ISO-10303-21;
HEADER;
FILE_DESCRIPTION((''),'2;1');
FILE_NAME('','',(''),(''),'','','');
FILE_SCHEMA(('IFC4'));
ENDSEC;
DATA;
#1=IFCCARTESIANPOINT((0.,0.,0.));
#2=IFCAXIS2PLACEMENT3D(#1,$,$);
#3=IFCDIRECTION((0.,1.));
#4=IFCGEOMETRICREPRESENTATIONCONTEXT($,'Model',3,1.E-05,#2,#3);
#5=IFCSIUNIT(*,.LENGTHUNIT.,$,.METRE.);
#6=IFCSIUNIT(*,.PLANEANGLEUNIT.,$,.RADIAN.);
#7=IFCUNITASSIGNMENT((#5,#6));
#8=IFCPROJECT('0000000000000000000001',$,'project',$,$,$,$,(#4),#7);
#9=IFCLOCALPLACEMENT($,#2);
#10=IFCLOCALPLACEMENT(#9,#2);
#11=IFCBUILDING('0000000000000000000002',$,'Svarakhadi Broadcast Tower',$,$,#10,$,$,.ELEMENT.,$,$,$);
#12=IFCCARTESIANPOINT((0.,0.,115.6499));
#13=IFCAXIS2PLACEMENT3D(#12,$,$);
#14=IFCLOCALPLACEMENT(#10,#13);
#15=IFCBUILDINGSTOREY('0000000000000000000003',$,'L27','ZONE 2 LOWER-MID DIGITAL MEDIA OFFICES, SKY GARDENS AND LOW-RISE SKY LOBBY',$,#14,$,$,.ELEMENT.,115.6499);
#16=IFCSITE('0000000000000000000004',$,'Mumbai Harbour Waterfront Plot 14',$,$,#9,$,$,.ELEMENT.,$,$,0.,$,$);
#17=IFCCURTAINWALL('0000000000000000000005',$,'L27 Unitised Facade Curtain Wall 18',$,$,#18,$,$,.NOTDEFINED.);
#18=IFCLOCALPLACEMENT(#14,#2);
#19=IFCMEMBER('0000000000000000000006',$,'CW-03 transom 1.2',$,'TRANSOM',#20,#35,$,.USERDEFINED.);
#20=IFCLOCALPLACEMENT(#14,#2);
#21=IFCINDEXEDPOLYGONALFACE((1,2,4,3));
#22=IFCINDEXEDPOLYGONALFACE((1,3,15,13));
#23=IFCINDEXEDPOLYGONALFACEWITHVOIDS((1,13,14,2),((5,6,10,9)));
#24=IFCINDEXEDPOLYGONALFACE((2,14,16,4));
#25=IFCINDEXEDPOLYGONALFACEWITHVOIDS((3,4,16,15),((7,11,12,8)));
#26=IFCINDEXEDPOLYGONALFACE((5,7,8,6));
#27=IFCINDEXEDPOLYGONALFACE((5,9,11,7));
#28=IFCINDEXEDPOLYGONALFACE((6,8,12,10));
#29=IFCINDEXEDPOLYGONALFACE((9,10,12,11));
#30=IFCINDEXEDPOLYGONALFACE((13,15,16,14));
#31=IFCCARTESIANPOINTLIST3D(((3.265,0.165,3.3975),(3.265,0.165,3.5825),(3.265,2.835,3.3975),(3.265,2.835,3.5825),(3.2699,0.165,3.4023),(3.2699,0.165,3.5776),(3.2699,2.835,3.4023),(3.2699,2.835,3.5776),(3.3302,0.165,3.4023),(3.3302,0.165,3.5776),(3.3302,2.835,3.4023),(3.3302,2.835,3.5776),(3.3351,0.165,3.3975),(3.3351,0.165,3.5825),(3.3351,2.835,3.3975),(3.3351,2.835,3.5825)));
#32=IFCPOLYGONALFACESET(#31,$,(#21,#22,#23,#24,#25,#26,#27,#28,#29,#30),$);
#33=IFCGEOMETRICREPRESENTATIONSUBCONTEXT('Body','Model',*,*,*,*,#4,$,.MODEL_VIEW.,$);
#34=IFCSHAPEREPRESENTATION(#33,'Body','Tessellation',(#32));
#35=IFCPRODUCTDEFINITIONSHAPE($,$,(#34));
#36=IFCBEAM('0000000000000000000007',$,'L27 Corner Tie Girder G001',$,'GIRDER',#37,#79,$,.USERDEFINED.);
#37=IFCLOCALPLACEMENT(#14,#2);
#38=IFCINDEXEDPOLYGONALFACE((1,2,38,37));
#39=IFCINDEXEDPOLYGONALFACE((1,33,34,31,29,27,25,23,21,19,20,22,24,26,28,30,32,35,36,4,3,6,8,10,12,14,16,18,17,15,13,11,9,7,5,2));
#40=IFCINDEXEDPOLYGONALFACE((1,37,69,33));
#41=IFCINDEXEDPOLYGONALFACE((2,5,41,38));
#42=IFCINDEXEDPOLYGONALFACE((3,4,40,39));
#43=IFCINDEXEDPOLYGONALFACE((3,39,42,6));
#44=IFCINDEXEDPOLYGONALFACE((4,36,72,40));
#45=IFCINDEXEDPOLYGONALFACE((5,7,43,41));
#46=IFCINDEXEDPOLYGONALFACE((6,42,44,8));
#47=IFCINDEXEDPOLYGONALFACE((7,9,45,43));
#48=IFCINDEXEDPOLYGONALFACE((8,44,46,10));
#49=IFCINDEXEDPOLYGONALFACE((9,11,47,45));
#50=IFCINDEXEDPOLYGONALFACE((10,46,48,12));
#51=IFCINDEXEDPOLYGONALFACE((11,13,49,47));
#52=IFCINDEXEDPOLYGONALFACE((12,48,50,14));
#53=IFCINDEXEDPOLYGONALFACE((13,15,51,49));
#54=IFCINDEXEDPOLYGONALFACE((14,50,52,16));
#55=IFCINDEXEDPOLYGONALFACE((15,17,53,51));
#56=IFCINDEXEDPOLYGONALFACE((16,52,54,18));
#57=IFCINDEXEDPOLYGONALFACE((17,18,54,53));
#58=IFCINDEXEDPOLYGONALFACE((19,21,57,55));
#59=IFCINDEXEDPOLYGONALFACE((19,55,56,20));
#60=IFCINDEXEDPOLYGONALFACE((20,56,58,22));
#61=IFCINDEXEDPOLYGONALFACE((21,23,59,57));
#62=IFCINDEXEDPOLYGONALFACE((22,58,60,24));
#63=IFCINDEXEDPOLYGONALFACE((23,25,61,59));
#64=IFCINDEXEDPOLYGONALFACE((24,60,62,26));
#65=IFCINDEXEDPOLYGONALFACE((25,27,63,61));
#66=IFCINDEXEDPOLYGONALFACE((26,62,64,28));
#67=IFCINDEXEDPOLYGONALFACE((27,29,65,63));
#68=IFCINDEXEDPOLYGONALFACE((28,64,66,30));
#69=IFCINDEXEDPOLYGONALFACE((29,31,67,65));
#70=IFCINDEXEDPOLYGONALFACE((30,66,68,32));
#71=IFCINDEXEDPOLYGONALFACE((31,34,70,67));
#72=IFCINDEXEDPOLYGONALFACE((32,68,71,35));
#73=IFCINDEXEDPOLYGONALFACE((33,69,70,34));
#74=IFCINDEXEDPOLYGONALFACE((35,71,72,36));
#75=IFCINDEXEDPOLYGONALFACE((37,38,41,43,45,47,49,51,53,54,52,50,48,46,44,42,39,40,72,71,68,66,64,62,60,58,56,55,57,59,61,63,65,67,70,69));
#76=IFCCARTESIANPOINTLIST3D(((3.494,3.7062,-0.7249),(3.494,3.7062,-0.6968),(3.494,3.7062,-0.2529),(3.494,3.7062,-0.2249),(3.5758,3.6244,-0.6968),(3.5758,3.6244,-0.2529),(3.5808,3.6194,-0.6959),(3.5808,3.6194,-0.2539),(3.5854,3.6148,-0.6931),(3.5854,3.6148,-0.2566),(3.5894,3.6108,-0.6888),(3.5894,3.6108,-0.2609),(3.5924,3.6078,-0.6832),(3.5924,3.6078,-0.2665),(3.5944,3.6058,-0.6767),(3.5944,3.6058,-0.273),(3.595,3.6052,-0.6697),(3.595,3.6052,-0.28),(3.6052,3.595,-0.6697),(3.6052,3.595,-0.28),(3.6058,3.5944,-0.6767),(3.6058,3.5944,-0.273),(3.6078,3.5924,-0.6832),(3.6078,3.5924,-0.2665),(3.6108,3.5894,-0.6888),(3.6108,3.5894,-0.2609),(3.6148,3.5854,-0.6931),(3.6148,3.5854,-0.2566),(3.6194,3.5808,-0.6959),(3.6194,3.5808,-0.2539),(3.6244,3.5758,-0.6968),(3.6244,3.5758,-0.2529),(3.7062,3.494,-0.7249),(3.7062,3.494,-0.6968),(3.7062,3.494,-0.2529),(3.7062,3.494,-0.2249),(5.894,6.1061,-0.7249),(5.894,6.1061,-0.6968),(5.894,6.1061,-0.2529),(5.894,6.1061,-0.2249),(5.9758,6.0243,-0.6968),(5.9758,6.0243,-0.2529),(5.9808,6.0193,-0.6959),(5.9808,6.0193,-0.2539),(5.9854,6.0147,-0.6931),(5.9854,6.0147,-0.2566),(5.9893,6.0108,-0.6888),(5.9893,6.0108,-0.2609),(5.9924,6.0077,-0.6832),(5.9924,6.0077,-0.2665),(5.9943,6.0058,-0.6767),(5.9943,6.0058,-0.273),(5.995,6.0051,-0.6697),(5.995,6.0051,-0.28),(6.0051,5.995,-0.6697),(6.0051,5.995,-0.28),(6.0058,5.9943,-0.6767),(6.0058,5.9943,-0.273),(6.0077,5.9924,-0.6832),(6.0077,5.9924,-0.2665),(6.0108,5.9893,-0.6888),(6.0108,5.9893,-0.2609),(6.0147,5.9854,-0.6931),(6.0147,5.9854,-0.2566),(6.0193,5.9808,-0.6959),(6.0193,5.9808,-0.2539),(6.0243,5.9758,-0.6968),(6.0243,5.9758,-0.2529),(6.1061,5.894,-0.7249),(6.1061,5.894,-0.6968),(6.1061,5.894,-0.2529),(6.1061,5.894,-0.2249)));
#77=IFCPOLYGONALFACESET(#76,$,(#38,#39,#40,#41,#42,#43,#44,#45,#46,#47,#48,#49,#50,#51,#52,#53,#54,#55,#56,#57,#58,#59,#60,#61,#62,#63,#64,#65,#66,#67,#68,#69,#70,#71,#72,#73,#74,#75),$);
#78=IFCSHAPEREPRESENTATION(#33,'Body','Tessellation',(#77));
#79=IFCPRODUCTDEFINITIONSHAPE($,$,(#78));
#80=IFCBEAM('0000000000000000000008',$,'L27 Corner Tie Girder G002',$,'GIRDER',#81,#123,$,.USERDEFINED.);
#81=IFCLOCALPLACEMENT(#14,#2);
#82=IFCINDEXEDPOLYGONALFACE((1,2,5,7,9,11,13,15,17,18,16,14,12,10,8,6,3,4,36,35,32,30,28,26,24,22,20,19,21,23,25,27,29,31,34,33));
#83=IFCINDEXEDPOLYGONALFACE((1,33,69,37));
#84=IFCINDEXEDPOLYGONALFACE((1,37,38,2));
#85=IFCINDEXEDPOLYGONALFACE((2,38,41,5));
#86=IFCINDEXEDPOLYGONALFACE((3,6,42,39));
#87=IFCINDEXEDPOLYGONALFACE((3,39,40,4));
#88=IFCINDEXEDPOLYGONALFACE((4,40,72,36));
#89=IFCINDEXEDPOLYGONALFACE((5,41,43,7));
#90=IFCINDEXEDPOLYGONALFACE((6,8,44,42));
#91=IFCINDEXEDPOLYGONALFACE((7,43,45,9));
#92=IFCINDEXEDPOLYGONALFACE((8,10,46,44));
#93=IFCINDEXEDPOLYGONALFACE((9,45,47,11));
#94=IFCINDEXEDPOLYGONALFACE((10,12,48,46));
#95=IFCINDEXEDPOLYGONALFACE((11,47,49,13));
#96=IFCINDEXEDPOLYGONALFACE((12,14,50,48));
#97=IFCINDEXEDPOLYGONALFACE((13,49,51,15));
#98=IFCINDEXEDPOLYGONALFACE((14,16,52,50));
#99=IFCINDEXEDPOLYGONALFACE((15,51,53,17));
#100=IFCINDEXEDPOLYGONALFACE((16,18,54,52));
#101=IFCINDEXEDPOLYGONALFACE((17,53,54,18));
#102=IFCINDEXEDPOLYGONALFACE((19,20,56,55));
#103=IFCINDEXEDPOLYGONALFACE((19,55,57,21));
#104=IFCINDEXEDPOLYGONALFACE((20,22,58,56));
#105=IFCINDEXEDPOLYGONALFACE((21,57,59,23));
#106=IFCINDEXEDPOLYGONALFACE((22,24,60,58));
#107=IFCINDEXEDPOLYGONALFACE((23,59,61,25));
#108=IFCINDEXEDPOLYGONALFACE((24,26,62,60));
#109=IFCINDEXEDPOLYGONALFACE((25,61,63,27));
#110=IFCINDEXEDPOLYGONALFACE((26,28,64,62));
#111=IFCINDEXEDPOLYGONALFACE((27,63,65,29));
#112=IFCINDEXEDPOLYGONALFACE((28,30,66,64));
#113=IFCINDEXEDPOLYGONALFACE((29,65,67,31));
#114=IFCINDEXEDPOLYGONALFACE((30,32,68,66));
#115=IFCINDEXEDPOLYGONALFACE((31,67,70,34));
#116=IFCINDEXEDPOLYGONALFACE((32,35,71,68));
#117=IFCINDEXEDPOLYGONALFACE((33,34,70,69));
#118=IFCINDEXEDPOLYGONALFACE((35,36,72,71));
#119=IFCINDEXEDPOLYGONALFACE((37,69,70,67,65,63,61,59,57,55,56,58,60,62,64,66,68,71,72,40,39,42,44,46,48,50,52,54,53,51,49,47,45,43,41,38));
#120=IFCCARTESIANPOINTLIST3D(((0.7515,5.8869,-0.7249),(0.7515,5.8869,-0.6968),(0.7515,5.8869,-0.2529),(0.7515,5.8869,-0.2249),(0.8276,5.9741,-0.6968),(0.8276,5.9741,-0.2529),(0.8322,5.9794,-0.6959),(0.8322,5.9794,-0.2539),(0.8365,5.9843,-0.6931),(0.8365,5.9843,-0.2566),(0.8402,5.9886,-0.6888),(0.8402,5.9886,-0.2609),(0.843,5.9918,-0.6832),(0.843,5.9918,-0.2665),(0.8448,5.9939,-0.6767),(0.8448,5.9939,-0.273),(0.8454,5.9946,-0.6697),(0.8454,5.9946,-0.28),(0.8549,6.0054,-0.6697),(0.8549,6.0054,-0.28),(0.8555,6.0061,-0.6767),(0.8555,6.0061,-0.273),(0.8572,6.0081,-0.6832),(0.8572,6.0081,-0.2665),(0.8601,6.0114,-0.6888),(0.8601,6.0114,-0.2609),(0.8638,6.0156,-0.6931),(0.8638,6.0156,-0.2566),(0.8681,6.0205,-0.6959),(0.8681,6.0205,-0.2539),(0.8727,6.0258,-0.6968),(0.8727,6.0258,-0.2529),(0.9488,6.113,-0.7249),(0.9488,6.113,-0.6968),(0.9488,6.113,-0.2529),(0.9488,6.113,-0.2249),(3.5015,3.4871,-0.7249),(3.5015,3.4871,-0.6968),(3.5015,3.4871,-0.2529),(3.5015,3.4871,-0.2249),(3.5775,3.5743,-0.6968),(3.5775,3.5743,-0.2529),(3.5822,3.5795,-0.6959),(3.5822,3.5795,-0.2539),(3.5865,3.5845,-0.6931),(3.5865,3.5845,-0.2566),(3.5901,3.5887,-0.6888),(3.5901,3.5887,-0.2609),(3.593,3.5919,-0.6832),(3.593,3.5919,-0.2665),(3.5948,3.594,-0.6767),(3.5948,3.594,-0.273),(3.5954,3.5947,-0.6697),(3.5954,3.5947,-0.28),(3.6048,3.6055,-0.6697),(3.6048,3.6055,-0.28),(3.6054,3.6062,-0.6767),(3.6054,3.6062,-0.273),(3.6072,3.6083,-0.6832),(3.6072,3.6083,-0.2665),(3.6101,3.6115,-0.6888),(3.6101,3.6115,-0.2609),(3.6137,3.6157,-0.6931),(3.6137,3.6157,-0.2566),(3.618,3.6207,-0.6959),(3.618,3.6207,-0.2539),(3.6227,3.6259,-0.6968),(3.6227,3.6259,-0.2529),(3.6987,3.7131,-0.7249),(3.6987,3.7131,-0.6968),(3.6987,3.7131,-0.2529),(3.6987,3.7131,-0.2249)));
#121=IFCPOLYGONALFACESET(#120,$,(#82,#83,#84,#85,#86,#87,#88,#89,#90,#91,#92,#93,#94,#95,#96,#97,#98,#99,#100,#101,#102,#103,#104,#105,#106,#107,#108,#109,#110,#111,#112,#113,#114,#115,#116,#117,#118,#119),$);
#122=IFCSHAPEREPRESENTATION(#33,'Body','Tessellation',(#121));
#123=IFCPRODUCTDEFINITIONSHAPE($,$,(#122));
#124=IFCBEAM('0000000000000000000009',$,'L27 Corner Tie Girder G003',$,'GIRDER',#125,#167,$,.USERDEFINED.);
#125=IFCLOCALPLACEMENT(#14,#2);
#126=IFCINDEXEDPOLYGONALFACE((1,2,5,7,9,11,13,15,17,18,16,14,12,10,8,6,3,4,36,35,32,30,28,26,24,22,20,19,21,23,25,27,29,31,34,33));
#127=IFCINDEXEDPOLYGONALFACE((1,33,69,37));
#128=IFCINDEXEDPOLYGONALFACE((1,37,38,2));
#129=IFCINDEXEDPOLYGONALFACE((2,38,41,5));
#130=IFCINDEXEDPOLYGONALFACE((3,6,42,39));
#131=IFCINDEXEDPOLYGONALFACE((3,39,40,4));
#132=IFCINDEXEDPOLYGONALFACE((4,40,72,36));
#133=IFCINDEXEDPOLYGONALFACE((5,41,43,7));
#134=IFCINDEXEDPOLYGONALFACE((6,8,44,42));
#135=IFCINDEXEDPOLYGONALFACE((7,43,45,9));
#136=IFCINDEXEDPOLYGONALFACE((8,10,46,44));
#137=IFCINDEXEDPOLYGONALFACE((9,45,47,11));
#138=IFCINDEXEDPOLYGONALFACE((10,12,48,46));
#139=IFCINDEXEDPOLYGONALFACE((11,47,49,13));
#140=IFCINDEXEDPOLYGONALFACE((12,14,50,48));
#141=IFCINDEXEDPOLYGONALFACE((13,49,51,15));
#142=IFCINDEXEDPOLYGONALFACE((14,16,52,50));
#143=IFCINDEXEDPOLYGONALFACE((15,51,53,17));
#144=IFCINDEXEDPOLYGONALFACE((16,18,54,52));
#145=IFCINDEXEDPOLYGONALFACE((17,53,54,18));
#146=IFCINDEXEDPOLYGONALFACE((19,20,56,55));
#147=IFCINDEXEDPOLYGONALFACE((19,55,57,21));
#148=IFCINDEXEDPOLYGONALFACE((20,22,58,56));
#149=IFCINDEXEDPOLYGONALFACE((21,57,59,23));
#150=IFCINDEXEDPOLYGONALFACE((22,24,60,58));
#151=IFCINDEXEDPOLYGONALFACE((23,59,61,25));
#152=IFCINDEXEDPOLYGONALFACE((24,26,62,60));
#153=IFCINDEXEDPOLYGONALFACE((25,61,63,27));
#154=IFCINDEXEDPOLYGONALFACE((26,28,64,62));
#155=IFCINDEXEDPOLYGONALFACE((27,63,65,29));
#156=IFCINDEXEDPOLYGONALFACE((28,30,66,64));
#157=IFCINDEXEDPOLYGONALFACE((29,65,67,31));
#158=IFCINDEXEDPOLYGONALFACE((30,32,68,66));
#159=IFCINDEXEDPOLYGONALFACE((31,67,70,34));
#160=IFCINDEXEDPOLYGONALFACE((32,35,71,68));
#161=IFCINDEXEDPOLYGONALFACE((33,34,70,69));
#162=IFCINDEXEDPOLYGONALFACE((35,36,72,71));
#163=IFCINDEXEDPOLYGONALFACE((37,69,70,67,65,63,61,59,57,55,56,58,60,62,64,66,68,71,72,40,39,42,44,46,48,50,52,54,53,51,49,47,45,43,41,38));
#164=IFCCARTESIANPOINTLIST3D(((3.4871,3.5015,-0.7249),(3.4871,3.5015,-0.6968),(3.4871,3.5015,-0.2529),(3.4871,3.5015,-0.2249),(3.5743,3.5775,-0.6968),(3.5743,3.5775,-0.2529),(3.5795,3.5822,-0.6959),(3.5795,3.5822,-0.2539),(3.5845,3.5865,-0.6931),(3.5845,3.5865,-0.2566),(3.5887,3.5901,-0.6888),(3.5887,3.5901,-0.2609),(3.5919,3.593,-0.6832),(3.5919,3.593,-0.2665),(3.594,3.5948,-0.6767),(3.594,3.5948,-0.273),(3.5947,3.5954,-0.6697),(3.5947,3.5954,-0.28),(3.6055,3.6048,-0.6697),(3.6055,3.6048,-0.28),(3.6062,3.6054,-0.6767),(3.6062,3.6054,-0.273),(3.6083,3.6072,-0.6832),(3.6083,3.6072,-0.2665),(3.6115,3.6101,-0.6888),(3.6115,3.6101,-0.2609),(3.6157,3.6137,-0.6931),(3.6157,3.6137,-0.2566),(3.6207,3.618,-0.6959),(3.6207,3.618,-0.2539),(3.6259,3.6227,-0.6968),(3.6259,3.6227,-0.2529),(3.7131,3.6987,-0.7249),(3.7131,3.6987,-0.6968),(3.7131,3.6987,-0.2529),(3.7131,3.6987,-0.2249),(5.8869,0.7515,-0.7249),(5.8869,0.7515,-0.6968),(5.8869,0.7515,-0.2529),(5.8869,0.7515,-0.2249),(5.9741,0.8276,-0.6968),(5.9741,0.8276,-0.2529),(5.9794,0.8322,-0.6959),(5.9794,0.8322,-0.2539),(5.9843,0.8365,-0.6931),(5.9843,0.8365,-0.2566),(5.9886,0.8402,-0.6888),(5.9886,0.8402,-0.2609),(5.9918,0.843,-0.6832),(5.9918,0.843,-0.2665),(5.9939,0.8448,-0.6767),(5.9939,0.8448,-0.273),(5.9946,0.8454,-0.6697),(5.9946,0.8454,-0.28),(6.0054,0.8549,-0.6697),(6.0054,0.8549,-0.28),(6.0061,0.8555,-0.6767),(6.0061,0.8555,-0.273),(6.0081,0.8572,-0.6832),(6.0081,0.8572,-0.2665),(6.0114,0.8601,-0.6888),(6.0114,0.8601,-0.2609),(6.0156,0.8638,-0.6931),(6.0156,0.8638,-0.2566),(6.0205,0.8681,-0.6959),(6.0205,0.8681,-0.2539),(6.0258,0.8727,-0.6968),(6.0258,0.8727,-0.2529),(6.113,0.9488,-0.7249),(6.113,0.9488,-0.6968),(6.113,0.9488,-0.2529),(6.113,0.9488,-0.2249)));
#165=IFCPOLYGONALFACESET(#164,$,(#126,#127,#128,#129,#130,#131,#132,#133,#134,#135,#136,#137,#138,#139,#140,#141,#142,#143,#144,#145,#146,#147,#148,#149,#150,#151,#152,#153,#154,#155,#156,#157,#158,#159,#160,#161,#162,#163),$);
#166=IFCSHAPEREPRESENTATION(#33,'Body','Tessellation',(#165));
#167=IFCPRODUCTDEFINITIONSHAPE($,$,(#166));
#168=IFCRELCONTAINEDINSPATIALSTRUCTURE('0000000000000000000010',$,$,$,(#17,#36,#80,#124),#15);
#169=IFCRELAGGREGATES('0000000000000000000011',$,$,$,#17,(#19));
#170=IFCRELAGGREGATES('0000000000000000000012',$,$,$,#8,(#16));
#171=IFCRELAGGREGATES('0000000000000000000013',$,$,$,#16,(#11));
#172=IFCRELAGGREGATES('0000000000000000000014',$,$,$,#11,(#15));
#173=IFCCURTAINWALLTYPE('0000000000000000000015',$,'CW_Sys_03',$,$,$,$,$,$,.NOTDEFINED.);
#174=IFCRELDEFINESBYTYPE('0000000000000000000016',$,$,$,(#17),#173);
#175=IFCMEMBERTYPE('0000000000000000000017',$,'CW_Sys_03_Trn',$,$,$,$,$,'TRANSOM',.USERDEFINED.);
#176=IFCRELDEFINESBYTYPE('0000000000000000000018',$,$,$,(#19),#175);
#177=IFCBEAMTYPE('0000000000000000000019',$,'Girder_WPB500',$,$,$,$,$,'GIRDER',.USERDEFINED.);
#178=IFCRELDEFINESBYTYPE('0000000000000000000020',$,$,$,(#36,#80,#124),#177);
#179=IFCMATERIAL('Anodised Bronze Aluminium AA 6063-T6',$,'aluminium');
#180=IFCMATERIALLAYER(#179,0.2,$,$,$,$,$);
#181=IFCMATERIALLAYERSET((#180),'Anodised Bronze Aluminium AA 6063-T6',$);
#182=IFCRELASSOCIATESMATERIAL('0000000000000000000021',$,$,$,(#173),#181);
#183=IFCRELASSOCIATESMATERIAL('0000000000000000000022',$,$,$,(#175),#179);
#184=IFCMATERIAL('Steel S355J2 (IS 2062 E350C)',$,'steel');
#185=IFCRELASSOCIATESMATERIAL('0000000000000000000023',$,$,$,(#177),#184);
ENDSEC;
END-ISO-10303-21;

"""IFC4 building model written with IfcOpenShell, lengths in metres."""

from ifc_helpers import new_model, si_unit, direction, frame, origin, origin_2d, place, context, subcontext, project, spatial, hollow_rectangle, i_section, extrude, material, layer, layer_set, material_profile, profile_set, type_object, element, aggregate, save


model = new_model("IFC4")

# Units and contexts
model_context = context("Model", 3, precision=1e-05, world=origin(), true_north=direction((0.0, 1.0)))
body_context = subcontext(model_context, "Body", "Model", "MODEL_VIEW")
ifc_project = project(units=[si_unit("LENGTHUNIT", "METRE"), si_unit("PLANEANGLEUNIT", "RADIAN")], contexts=[model_context])

# Site, building, storey
site_placement = place(None, origin())
site = spatial("IfcSite", under=ifc_project, at=site_placement, Name="Mumbai Harbour Waterfront Plot 14", CompositionType="ELEMENT", RefElevation=0.0)
building_placement = place(site_placement, origin())
building = spatial("IfcBuilding", under=site, at=building_placement, Name="Svarakhadi Broadcast Tower", CompositionType="ELEMENT")
storey_placement = place(building_placement, frame((0.0, 0.0, 115.6499)))
storey = spatial("IfcBuildingStorey", under=building, at=storey_placement, Name="L27", Description="ZONE 2 LOWER-MID DIGITAL MEDIA OFFICES, SKY GARDENS AND LOW-RISE SKY LOBBY", CompositionType="ELEMENT", Elevation=115.6499)

# Shared definitions
ifc_material_1 = material(Name="Anodised Bronze Aluminium AA 6063-T6", Category="aluminium")
ifc_layer_1 = layer(ifc_material_1, 0.2)
ifc_layer_set_1 = layer_set([ifc_layer_1], Name="Anodised Bronze Aluminium AA 6063-T6")
curtain_wall_type = type_object("IfcCurtainWallType", Name="CW_Sys_03", PredefinedType="NOTDEFINED", material=ifc_layer_set_1)

# Curtain wall
curtain_wall_1_placement = place(storey_placement, origin())
curtain_wall_1 = element("IfcCurtainWall", 1, at=curtain_wall_1_placement, inside=storey, type_object=curtain_wall_type, Name="L27 Unitised Facade Curtain Wall 18", PredefinedType="NOTDEFINED")

# Member
ifc_material_profile_1 = material_profile(ifc_material_1, hollow_rectangle(XDim=0.0701, YDim=0.1851, WallThickness=0.0049, at=origin_2d()), Name="ALU TRANSOM 185x70x5")
ifc_profile_set_1 = profile_set([ifc_material_profile_1], Name="Anodised Bronze Aluminium AA 6063-T6")
member_type_1 = type_object("IfcMemberType", Name="CW_Sys_03_Trn", ElementType="TRANSOM", PredefinedType="USERDEFINED", material=ifc_profile_set_1)
member_1_placement = place(storey_placement, frame((3.3, 0.165, 3.49), z_axis=(0.0, 1.0, 0.0), x_axis=(-1.0, 0.0, 0.0)))
member_1 = element("IfcMember", 2, at=member_1_placement, type_object=member_type_1, Name="CW-03 transom 1.2", ObjectType="TRANSOM", PredefinedType="USERDEFINED", context=body_context, shape_type="SweptSolid", body=[
    extrude(hollow_rectangle(XDim=0.0701, YDim=0.1851, WallThickness=0.0049, at=origin_2d()), origin(), (0.0, 0.0, 1.0), 2.6699),
])

# Beams
ifc_material_2 = material(Name="Steel S355J2 (IS 2062 E350C)", Category="steel")
ifc_material_profile_2 = material_profile(ifc_material_2, i_section(OverallWidth=0.3, OverallDepth=0.5, WebThickness=0.0144, FlangeThickness=0.0281, FilletRadius=0.0271, at=origin_2d()), Name="WPB 500x300x187")
ifc_profile_set_2 = profile_set([ifc_material_profile_2], Name="Steel S355J2 (IS 2062 E350C)")
beam_type = type_object("IfcBeamType", Name="Girder_WPB500", ElementType="GIRDER", PredefinedType="USERDEFINED", material=ifc_profile_set_2)
beam_1_placement = place(storey_placement, frame((3.6001, 3.6001, -0.4749), z_axis=(0.707107, 0.707107, 0.0), x_axis=(-0.707107, 0.707107, 0.0)))
element("IfcBeam", 3, at=beam_1_placement, inside=storey, type_object=beam_type, Name="L27 Corner Tie Girder G001", ObjectType="GIRDER", PredefinedType="USERDEFINED", context=body_context, shape_type="SweptSolid", body=[
    extrude(i_section(OverallWidth=0.3, OverallDepth=0.5, WebThickness=0.0144, FlangeThickness=0.0281, FilletRadius=0.0271, at=origin_2d()), origin(), (0.0, 0.0, 1.0), 3.394),
])
for number, where, z_axis, x_axis, name in (
    (4, (3.6001, 3.6001, -0.4749), (-0.753438, 0.657519, 0.0), (-0.657519, -0.753438, 0.0), "L27 Corner Tie Girder G002"),
    (5, (3.6001, 3.6001, -0.4749), (0.657519, -0.753438, 0.0), (0.753438, 0.657519, 0.0), "L27 Corner Tie Girder G003"),
):
    element("IfcBeam", number, at=place(storey_placement, frame(where, z_axis=z_axis, x_axis=x_axis)), inside=storey, type_object=beam_type, Name=name, ObjectType="GIRDER", PredefinedType="USERDEFINED", context=body_context, shape_type="SweptSolid", body=[
        extrude(i_section(OverallWidth=0.3, OverallDepth=0.5, WebThickness=0.0144, FlangeThickness=0.0281, FilletRadius=0.0271, at=origin_2d()), origin(), (0.0, 0.0, 1.0), 3.6499),
    ])

aggregate(curtain_wall_1, [member_1])

save(model, "model.ifc")
